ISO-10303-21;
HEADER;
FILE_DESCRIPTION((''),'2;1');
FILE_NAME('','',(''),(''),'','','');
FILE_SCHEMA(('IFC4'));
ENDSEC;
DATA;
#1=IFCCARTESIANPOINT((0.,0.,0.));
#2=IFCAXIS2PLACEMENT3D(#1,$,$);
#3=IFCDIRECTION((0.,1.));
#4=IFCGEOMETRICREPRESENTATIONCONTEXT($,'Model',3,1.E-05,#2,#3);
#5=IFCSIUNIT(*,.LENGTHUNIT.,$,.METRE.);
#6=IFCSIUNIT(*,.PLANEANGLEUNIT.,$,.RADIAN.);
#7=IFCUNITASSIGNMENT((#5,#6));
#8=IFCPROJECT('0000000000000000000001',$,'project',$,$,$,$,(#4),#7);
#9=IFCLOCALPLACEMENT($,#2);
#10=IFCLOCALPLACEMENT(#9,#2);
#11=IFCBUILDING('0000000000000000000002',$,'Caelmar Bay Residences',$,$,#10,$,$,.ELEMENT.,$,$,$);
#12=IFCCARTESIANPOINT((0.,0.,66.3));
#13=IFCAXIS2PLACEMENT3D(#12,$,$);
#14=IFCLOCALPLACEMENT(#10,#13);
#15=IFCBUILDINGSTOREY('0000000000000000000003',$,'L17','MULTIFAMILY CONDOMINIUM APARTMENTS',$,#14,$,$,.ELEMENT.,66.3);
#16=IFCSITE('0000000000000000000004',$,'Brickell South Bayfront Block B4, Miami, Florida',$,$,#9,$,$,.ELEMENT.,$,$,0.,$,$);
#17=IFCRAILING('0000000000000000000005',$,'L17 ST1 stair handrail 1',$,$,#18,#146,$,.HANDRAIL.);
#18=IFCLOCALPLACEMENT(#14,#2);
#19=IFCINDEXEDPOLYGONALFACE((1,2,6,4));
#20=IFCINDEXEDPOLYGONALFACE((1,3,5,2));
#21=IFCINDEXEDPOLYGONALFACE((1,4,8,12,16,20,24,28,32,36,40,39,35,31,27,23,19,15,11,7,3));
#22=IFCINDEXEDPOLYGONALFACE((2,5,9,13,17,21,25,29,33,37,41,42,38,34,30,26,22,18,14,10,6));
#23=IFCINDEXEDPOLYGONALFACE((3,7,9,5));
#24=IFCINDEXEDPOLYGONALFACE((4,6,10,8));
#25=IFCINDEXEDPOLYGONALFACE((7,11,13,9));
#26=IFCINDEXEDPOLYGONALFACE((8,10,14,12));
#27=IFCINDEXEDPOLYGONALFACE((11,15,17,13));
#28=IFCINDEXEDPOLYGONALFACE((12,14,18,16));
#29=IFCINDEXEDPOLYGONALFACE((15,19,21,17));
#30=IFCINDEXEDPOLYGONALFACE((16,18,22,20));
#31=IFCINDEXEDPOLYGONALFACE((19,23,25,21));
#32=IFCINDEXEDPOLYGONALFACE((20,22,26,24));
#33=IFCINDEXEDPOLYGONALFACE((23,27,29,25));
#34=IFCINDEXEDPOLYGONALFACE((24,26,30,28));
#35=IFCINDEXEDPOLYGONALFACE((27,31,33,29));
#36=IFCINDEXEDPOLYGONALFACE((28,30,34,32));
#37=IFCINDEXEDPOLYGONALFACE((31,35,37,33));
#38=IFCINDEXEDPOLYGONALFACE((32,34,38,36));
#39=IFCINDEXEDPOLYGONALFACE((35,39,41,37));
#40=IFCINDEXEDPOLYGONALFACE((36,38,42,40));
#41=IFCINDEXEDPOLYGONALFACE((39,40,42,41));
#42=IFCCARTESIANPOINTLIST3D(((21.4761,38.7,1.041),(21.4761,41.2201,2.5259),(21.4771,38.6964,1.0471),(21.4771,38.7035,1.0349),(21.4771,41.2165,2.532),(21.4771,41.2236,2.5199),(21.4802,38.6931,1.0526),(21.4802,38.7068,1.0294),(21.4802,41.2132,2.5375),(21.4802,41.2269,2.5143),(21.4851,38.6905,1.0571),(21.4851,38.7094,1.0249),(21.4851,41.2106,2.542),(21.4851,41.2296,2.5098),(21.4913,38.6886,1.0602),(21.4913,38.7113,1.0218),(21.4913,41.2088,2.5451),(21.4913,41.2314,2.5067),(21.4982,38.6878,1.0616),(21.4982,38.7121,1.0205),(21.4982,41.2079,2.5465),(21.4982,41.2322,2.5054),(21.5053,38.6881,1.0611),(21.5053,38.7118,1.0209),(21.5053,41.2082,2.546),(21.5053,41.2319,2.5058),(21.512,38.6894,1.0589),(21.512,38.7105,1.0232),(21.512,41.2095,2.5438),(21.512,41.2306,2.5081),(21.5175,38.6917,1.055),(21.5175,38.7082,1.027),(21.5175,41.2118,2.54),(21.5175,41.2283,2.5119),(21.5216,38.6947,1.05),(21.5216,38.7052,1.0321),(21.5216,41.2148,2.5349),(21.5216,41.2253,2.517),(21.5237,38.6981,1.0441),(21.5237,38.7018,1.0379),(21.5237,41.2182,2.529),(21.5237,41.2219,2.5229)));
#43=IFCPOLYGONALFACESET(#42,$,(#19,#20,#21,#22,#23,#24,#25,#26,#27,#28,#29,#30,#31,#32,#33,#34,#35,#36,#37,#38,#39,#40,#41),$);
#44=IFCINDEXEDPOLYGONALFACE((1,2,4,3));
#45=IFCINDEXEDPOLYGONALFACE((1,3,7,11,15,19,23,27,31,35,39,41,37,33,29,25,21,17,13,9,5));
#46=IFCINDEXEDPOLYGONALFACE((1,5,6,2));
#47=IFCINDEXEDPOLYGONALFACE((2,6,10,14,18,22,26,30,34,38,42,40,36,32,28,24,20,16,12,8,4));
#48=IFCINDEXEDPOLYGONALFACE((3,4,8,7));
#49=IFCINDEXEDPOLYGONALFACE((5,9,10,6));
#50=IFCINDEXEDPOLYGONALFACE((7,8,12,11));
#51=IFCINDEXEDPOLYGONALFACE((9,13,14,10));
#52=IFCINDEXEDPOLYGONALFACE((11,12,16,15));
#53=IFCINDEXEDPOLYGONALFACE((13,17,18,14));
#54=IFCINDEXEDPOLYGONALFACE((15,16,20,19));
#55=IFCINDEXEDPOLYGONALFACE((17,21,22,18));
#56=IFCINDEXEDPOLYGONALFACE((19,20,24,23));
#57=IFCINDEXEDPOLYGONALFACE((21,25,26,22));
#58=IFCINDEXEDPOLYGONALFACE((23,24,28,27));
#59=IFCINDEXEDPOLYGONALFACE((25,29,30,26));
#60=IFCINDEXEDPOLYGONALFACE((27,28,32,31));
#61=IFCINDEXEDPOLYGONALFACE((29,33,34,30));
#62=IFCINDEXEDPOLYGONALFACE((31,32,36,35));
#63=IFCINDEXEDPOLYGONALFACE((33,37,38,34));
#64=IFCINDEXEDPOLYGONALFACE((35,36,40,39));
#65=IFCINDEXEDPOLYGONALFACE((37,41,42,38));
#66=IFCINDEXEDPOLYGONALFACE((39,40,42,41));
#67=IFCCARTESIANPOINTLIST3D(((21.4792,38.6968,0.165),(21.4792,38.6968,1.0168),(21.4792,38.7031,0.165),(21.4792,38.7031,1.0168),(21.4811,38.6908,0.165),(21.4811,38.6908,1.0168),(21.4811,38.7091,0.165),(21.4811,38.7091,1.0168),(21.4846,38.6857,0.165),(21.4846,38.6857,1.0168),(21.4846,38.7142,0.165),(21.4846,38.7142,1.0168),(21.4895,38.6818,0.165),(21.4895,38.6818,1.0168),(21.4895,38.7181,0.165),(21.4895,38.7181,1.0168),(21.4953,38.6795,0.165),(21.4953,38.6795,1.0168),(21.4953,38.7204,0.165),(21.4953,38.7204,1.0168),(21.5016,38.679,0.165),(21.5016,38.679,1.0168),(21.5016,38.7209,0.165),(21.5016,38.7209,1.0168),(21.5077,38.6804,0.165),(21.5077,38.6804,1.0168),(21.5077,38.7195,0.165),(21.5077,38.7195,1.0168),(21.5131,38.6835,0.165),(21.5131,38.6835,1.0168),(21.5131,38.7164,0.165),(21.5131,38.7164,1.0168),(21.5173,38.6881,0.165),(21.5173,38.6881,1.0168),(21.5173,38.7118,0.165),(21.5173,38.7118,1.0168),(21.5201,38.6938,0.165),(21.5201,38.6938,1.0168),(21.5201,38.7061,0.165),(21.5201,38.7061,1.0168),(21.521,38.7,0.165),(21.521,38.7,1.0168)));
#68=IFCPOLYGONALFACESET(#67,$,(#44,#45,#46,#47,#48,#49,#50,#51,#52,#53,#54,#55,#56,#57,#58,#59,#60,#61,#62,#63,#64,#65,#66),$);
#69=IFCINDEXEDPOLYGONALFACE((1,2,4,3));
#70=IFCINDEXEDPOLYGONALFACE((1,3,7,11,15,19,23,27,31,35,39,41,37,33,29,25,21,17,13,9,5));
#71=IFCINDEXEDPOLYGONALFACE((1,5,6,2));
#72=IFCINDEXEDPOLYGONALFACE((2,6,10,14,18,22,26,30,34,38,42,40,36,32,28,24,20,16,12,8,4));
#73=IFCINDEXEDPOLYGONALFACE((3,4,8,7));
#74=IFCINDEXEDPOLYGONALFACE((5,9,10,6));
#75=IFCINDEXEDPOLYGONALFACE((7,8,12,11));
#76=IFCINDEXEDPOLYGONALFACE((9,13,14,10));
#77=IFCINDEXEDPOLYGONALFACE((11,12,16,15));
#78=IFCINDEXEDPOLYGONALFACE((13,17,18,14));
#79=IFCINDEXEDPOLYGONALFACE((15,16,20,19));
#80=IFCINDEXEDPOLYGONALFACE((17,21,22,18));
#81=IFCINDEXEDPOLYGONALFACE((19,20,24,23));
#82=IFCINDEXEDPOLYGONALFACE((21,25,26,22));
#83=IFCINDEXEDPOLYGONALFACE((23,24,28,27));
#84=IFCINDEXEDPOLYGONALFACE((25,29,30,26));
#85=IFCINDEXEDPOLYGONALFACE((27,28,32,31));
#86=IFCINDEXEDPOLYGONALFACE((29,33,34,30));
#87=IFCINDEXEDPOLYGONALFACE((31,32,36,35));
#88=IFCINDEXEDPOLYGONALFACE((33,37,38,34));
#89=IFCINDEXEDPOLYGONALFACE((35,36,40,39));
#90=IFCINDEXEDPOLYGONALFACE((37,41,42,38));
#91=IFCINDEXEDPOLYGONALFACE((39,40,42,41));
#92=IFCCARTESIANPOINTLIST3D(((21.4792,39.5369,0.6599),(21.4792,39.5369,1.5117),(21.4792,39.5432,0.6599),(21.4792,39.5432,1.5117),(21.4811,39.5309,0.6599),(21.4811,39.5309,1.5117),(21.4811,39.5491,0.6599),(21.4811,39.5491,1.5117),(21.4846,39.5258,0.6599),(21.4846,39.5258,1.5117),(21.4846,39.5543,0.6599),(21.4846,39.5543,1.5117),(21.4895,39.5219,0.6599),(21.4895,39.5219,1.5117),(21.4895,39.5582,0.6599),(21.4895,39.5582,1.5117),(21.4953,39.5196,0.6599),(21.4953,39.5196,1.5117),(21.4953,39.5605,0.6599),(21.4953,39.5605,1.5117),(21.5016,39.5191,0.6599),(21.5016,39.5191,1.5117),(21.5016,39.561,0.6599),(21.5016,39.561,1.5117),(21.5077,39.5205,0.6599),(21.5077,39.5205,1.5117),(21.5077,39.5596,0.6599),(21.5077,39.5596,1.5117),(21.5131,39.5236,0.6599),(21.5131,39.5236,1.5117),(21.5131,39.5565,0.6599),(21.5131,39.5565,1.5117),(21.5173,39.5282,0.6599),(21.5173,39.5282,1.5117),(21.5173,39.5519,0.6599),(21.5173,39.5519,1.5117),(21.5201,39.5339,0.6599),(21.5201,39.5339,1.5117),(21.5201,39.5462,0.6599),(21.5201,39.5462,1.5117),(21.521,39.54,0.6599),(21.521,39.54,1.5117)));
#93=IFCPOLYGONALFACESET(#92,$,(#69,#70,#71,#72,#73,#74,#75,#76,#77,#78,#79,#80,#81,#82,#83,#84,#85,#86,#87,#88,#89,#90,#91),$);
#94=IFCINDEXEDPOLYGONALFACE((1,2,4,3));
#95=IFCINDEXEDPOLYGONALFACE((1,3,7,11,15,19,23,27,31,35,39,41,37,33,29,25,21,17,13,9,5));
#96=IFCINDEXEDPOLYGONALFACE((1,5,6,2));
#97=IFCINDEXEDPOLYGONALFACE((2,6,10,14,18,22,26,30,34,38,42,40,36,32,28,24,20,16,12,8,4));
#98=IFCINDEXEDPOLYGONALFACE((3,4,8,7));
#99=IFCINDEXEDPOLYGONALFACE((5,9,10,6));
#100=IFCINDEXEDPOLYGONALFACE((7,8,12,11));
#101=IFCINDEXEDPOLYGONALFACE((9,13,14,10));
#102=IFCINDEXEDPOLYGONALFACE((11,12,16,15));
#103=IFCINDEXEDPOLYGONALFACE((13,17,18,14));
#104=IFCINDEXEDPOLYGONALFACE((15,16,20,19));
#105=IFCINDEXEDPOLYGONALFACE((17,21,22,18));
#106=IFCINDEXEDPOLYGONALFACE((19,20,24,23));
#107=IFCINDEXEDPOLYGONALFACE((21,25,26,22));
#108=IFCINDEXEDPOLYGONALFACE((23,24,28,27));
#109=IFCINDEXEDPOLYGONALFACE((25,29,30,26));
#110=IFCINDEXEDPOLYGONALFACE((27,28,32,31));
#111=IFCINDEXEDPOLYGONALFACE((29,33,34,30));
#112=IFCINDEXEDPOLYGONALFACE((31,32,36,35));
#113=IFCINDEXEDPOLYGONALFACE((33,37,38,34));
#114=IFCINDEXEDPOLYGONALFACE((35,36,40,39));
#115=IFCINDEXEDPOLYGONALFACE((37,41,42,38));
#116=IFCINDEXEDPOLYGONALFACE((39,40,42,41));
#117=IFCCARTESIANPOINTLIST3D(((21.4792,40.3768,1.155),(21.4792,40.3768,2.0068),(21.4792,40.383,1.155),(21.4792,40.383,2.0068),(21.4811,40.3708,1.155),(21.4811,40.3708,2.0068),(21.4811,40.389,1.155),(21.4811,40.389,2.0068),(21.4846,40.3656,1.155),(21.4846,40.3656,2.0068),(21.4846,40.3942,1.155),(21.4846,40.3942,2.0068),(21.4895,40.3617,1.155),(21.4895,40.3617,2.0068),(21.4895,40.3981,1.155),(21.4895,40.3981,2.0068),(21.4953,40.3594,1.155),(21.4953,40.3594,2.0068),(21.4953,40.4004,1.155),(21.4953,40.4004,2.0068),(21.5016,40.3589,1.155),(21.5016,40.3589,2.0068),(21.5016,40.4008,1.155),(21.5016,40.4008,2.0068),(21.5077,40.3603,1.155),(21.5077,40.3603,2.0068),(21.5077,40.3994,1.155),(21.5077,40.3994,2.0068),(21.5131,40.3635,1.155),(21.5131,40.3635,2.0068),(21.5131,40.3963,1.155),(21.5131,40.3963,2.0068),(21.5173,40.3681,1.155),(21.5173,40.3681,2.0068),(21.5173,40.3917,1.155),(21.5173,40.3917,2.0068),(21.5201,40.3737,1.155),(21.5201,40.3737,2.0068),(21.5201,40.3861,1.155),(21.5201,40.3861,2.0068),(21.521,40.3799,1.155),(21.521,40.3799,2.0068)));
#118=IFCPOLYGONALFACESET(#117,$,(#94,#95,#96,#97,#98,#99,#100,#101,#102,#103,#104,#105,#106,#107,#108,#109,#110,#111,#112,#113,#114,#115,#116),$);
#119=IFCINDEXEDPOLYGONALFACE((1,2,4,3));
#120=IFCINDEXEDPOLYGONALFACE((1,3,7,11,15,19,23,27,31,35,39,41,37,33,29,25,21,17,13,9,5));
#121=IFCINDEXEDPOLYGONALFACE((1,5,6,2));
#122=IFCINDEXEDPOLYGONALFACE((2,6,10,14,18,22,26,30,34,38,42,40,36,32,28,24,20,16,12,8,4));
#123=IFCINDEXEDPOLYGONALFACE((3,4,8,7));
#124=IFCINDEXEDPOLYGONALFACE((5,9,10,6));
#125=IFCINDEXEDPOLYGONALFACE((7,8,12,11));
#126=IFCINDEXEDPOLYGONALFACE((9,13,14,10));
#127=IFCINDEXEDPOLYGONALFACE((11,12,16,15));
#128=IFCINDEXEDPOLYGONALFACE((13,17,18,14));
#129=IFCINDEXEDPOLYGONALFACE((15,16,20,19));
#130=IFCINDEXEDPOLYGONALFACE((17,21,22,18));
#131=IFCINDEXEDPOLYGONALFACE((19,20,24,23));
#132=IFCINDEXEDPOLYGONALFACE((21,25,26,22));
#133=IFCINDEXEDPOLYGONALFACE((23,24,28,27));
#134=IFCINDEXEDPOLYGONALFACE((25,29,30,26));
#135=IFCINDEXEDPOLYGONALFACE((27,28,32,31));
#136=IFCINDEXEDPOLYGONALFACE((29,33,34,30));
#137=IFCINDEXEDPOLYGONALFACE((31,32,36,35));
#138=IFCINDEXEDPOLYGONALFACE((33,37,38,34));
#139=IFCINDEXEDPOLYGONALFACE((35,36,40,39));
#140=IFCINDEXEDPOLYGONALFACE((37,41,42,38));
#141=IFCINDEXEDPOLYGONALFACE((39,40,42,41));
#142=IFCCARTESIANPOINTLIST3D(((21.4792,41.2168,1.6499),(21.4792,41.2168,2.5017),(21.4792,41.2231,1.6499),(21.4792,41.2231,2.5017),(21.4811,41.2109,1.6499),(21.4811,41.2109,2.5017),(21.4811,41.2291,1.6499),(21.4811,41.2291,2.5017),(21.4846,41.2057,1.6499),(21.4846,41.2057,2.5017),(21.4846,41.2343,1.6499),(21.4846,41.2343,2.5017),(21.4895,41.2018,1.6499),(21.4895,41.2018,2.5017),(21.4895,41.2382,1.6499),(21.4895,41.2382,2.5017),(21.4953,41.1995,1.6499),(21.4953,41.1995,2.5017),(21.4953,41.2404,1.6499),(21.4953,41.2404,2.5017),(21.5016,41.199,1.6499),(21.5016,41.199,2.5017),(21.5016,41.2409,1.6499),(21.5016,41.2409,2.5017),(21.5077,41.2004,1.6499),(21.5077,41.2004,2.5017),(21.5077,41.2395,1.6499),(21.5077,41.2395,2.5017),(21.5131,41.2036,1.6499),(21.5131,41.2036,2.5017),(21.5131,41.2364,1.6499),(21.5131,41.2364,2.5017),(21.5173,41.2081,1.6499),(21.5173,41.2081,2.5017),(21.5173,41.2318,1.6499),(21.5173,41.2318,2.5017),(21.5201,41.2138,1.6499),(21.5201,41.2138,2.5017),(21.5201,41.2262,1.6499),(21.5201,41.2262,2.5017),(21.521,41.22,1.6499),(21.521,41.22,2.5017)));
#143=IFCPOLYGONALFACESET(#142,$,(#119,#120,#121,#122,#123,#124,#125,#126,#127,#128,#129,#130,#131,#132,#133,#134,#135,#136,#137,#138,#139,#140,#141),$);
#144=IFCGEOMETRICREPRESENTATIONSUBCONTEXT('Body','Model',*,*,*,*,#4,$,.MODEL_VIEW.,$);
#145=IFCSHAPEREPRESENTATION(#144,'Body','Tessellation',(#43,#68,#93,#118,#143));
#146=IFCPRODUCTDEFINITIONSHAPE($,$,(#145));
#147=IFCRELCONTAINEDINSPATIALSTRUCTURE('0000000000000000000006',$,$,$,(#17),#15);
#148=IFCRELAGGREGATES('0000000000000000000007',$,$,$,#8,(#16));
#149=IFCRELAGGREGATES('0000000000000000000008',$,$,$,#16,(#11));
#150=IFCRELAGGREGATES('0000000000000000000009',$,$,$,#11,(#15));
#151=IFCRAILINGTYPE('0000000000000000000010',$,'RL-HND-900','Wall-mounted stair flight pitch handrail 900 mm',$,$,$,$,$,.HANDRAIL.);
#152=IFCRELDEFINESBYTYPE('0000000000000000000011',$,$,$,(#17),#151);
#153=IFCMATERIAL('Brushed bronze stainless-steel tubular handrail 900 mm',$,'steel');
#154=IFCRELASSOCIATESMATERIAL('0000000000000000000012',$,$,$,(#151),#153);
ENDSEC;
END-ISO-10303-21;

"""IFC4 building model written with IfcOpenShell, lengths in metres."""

from ifc_helpers import new_model, si_unit, direction, frame, origin, origin_2d, place, context, subcontext, project, spatial, circle, extrude, material, type_object, element, save


model = new_model("IFC4")

# Units and contexts
model_context = context("Model", 3, precision=1e-05, world=origin(), true_north=direction((0.0, 1.0)))
body_context = subcontext(model_context, "Body", "Model", "MODEL_VIEW")
ifc_project = project(units=[si_unit("LENGTHUNIT", "METRE"), si_unit("PLANEANGLEUNIT", "RADIAN")], contexts=[model_context])

# Site, building, storey
site_placement = place(None, origin())
site = spatial("IfcSite", under=ifc_project, at=site_placement, Name="Brickell South Bayfront Block B4, Miami, Florida", CompositionType="ELEMENT", RefElevation=0.0)
building_placement = place(site_placement, origin())
building = spatial("IfcBuilding", under=site, at=building_placement, Name="Caelmar Bay Residences", CompositionType="ELEMENT")
storey_placement = place(building_placement, frame((0.0, 0.0, 66.3)))
storey = spatial("IfcBuildingStorey", under=building, at=storey_placement, Name="L17", Description="MULTIFAMILY CONDOMINIUM APARTMENTS", CompositionType="ELEMENT", Elevation=66.3)

# Railing
ifc_material_1 = material(Name="Brushed bronze stainless-steel tubular handrail 900 mm", Category="steel")
railing_type_1 = type_object("IfcRailingType", Name="RL-HND-900", Description="Wall-mounted stair flight pitch handrail 900 mm", PredefinedType="HANDRAIL", material=ifc_material_1)
for number, where, name in (
    (1, (21.5, 38.7, 0.165), "L17 ST1 stair handrail 1"),
):
    element("IfcRailing", number, at=place(storey_placement, frame(where)), inside=storey, type_object=railing_type_1, Name=name, PredefinedType="HANDRAIL", context=body_context, shape_type="SweptSolid", body=[
        extrude(circle(Radius=0.0239, at=origin_2d()), frame((0.0, 0.0, 0.876), z_axis=(0.0, 0.861561, 0.507655), x_axis=(-1.0, 0.0, 0.0)), (0.0, 0.0, 1.0), 2.925),
        extrude(circle(Radius=0.021, at=origin_2d()), origin(), (0.0, 0.0, 1.0), 0.8518),
        extrude(circle(Radius=0.021, at=origin_2d()), frame((0.0, 0.8401, 0.4949)), (0.0, 0.0, 1.0), 0.8518),
        extrude(circle(Radius=0.021, at=origin_2d()), frame((0.0, 1.6799, 0.99)), (0.0, 0.0, 1.0), 0.8518),
        extrude(circle(Radius=0.021, at=origin_2d()), frame((0.0, 2.52, 1.4849)), (0.0, 0.0, 1.0), 0.8518),
    ])

save(model, "model.ifc")
